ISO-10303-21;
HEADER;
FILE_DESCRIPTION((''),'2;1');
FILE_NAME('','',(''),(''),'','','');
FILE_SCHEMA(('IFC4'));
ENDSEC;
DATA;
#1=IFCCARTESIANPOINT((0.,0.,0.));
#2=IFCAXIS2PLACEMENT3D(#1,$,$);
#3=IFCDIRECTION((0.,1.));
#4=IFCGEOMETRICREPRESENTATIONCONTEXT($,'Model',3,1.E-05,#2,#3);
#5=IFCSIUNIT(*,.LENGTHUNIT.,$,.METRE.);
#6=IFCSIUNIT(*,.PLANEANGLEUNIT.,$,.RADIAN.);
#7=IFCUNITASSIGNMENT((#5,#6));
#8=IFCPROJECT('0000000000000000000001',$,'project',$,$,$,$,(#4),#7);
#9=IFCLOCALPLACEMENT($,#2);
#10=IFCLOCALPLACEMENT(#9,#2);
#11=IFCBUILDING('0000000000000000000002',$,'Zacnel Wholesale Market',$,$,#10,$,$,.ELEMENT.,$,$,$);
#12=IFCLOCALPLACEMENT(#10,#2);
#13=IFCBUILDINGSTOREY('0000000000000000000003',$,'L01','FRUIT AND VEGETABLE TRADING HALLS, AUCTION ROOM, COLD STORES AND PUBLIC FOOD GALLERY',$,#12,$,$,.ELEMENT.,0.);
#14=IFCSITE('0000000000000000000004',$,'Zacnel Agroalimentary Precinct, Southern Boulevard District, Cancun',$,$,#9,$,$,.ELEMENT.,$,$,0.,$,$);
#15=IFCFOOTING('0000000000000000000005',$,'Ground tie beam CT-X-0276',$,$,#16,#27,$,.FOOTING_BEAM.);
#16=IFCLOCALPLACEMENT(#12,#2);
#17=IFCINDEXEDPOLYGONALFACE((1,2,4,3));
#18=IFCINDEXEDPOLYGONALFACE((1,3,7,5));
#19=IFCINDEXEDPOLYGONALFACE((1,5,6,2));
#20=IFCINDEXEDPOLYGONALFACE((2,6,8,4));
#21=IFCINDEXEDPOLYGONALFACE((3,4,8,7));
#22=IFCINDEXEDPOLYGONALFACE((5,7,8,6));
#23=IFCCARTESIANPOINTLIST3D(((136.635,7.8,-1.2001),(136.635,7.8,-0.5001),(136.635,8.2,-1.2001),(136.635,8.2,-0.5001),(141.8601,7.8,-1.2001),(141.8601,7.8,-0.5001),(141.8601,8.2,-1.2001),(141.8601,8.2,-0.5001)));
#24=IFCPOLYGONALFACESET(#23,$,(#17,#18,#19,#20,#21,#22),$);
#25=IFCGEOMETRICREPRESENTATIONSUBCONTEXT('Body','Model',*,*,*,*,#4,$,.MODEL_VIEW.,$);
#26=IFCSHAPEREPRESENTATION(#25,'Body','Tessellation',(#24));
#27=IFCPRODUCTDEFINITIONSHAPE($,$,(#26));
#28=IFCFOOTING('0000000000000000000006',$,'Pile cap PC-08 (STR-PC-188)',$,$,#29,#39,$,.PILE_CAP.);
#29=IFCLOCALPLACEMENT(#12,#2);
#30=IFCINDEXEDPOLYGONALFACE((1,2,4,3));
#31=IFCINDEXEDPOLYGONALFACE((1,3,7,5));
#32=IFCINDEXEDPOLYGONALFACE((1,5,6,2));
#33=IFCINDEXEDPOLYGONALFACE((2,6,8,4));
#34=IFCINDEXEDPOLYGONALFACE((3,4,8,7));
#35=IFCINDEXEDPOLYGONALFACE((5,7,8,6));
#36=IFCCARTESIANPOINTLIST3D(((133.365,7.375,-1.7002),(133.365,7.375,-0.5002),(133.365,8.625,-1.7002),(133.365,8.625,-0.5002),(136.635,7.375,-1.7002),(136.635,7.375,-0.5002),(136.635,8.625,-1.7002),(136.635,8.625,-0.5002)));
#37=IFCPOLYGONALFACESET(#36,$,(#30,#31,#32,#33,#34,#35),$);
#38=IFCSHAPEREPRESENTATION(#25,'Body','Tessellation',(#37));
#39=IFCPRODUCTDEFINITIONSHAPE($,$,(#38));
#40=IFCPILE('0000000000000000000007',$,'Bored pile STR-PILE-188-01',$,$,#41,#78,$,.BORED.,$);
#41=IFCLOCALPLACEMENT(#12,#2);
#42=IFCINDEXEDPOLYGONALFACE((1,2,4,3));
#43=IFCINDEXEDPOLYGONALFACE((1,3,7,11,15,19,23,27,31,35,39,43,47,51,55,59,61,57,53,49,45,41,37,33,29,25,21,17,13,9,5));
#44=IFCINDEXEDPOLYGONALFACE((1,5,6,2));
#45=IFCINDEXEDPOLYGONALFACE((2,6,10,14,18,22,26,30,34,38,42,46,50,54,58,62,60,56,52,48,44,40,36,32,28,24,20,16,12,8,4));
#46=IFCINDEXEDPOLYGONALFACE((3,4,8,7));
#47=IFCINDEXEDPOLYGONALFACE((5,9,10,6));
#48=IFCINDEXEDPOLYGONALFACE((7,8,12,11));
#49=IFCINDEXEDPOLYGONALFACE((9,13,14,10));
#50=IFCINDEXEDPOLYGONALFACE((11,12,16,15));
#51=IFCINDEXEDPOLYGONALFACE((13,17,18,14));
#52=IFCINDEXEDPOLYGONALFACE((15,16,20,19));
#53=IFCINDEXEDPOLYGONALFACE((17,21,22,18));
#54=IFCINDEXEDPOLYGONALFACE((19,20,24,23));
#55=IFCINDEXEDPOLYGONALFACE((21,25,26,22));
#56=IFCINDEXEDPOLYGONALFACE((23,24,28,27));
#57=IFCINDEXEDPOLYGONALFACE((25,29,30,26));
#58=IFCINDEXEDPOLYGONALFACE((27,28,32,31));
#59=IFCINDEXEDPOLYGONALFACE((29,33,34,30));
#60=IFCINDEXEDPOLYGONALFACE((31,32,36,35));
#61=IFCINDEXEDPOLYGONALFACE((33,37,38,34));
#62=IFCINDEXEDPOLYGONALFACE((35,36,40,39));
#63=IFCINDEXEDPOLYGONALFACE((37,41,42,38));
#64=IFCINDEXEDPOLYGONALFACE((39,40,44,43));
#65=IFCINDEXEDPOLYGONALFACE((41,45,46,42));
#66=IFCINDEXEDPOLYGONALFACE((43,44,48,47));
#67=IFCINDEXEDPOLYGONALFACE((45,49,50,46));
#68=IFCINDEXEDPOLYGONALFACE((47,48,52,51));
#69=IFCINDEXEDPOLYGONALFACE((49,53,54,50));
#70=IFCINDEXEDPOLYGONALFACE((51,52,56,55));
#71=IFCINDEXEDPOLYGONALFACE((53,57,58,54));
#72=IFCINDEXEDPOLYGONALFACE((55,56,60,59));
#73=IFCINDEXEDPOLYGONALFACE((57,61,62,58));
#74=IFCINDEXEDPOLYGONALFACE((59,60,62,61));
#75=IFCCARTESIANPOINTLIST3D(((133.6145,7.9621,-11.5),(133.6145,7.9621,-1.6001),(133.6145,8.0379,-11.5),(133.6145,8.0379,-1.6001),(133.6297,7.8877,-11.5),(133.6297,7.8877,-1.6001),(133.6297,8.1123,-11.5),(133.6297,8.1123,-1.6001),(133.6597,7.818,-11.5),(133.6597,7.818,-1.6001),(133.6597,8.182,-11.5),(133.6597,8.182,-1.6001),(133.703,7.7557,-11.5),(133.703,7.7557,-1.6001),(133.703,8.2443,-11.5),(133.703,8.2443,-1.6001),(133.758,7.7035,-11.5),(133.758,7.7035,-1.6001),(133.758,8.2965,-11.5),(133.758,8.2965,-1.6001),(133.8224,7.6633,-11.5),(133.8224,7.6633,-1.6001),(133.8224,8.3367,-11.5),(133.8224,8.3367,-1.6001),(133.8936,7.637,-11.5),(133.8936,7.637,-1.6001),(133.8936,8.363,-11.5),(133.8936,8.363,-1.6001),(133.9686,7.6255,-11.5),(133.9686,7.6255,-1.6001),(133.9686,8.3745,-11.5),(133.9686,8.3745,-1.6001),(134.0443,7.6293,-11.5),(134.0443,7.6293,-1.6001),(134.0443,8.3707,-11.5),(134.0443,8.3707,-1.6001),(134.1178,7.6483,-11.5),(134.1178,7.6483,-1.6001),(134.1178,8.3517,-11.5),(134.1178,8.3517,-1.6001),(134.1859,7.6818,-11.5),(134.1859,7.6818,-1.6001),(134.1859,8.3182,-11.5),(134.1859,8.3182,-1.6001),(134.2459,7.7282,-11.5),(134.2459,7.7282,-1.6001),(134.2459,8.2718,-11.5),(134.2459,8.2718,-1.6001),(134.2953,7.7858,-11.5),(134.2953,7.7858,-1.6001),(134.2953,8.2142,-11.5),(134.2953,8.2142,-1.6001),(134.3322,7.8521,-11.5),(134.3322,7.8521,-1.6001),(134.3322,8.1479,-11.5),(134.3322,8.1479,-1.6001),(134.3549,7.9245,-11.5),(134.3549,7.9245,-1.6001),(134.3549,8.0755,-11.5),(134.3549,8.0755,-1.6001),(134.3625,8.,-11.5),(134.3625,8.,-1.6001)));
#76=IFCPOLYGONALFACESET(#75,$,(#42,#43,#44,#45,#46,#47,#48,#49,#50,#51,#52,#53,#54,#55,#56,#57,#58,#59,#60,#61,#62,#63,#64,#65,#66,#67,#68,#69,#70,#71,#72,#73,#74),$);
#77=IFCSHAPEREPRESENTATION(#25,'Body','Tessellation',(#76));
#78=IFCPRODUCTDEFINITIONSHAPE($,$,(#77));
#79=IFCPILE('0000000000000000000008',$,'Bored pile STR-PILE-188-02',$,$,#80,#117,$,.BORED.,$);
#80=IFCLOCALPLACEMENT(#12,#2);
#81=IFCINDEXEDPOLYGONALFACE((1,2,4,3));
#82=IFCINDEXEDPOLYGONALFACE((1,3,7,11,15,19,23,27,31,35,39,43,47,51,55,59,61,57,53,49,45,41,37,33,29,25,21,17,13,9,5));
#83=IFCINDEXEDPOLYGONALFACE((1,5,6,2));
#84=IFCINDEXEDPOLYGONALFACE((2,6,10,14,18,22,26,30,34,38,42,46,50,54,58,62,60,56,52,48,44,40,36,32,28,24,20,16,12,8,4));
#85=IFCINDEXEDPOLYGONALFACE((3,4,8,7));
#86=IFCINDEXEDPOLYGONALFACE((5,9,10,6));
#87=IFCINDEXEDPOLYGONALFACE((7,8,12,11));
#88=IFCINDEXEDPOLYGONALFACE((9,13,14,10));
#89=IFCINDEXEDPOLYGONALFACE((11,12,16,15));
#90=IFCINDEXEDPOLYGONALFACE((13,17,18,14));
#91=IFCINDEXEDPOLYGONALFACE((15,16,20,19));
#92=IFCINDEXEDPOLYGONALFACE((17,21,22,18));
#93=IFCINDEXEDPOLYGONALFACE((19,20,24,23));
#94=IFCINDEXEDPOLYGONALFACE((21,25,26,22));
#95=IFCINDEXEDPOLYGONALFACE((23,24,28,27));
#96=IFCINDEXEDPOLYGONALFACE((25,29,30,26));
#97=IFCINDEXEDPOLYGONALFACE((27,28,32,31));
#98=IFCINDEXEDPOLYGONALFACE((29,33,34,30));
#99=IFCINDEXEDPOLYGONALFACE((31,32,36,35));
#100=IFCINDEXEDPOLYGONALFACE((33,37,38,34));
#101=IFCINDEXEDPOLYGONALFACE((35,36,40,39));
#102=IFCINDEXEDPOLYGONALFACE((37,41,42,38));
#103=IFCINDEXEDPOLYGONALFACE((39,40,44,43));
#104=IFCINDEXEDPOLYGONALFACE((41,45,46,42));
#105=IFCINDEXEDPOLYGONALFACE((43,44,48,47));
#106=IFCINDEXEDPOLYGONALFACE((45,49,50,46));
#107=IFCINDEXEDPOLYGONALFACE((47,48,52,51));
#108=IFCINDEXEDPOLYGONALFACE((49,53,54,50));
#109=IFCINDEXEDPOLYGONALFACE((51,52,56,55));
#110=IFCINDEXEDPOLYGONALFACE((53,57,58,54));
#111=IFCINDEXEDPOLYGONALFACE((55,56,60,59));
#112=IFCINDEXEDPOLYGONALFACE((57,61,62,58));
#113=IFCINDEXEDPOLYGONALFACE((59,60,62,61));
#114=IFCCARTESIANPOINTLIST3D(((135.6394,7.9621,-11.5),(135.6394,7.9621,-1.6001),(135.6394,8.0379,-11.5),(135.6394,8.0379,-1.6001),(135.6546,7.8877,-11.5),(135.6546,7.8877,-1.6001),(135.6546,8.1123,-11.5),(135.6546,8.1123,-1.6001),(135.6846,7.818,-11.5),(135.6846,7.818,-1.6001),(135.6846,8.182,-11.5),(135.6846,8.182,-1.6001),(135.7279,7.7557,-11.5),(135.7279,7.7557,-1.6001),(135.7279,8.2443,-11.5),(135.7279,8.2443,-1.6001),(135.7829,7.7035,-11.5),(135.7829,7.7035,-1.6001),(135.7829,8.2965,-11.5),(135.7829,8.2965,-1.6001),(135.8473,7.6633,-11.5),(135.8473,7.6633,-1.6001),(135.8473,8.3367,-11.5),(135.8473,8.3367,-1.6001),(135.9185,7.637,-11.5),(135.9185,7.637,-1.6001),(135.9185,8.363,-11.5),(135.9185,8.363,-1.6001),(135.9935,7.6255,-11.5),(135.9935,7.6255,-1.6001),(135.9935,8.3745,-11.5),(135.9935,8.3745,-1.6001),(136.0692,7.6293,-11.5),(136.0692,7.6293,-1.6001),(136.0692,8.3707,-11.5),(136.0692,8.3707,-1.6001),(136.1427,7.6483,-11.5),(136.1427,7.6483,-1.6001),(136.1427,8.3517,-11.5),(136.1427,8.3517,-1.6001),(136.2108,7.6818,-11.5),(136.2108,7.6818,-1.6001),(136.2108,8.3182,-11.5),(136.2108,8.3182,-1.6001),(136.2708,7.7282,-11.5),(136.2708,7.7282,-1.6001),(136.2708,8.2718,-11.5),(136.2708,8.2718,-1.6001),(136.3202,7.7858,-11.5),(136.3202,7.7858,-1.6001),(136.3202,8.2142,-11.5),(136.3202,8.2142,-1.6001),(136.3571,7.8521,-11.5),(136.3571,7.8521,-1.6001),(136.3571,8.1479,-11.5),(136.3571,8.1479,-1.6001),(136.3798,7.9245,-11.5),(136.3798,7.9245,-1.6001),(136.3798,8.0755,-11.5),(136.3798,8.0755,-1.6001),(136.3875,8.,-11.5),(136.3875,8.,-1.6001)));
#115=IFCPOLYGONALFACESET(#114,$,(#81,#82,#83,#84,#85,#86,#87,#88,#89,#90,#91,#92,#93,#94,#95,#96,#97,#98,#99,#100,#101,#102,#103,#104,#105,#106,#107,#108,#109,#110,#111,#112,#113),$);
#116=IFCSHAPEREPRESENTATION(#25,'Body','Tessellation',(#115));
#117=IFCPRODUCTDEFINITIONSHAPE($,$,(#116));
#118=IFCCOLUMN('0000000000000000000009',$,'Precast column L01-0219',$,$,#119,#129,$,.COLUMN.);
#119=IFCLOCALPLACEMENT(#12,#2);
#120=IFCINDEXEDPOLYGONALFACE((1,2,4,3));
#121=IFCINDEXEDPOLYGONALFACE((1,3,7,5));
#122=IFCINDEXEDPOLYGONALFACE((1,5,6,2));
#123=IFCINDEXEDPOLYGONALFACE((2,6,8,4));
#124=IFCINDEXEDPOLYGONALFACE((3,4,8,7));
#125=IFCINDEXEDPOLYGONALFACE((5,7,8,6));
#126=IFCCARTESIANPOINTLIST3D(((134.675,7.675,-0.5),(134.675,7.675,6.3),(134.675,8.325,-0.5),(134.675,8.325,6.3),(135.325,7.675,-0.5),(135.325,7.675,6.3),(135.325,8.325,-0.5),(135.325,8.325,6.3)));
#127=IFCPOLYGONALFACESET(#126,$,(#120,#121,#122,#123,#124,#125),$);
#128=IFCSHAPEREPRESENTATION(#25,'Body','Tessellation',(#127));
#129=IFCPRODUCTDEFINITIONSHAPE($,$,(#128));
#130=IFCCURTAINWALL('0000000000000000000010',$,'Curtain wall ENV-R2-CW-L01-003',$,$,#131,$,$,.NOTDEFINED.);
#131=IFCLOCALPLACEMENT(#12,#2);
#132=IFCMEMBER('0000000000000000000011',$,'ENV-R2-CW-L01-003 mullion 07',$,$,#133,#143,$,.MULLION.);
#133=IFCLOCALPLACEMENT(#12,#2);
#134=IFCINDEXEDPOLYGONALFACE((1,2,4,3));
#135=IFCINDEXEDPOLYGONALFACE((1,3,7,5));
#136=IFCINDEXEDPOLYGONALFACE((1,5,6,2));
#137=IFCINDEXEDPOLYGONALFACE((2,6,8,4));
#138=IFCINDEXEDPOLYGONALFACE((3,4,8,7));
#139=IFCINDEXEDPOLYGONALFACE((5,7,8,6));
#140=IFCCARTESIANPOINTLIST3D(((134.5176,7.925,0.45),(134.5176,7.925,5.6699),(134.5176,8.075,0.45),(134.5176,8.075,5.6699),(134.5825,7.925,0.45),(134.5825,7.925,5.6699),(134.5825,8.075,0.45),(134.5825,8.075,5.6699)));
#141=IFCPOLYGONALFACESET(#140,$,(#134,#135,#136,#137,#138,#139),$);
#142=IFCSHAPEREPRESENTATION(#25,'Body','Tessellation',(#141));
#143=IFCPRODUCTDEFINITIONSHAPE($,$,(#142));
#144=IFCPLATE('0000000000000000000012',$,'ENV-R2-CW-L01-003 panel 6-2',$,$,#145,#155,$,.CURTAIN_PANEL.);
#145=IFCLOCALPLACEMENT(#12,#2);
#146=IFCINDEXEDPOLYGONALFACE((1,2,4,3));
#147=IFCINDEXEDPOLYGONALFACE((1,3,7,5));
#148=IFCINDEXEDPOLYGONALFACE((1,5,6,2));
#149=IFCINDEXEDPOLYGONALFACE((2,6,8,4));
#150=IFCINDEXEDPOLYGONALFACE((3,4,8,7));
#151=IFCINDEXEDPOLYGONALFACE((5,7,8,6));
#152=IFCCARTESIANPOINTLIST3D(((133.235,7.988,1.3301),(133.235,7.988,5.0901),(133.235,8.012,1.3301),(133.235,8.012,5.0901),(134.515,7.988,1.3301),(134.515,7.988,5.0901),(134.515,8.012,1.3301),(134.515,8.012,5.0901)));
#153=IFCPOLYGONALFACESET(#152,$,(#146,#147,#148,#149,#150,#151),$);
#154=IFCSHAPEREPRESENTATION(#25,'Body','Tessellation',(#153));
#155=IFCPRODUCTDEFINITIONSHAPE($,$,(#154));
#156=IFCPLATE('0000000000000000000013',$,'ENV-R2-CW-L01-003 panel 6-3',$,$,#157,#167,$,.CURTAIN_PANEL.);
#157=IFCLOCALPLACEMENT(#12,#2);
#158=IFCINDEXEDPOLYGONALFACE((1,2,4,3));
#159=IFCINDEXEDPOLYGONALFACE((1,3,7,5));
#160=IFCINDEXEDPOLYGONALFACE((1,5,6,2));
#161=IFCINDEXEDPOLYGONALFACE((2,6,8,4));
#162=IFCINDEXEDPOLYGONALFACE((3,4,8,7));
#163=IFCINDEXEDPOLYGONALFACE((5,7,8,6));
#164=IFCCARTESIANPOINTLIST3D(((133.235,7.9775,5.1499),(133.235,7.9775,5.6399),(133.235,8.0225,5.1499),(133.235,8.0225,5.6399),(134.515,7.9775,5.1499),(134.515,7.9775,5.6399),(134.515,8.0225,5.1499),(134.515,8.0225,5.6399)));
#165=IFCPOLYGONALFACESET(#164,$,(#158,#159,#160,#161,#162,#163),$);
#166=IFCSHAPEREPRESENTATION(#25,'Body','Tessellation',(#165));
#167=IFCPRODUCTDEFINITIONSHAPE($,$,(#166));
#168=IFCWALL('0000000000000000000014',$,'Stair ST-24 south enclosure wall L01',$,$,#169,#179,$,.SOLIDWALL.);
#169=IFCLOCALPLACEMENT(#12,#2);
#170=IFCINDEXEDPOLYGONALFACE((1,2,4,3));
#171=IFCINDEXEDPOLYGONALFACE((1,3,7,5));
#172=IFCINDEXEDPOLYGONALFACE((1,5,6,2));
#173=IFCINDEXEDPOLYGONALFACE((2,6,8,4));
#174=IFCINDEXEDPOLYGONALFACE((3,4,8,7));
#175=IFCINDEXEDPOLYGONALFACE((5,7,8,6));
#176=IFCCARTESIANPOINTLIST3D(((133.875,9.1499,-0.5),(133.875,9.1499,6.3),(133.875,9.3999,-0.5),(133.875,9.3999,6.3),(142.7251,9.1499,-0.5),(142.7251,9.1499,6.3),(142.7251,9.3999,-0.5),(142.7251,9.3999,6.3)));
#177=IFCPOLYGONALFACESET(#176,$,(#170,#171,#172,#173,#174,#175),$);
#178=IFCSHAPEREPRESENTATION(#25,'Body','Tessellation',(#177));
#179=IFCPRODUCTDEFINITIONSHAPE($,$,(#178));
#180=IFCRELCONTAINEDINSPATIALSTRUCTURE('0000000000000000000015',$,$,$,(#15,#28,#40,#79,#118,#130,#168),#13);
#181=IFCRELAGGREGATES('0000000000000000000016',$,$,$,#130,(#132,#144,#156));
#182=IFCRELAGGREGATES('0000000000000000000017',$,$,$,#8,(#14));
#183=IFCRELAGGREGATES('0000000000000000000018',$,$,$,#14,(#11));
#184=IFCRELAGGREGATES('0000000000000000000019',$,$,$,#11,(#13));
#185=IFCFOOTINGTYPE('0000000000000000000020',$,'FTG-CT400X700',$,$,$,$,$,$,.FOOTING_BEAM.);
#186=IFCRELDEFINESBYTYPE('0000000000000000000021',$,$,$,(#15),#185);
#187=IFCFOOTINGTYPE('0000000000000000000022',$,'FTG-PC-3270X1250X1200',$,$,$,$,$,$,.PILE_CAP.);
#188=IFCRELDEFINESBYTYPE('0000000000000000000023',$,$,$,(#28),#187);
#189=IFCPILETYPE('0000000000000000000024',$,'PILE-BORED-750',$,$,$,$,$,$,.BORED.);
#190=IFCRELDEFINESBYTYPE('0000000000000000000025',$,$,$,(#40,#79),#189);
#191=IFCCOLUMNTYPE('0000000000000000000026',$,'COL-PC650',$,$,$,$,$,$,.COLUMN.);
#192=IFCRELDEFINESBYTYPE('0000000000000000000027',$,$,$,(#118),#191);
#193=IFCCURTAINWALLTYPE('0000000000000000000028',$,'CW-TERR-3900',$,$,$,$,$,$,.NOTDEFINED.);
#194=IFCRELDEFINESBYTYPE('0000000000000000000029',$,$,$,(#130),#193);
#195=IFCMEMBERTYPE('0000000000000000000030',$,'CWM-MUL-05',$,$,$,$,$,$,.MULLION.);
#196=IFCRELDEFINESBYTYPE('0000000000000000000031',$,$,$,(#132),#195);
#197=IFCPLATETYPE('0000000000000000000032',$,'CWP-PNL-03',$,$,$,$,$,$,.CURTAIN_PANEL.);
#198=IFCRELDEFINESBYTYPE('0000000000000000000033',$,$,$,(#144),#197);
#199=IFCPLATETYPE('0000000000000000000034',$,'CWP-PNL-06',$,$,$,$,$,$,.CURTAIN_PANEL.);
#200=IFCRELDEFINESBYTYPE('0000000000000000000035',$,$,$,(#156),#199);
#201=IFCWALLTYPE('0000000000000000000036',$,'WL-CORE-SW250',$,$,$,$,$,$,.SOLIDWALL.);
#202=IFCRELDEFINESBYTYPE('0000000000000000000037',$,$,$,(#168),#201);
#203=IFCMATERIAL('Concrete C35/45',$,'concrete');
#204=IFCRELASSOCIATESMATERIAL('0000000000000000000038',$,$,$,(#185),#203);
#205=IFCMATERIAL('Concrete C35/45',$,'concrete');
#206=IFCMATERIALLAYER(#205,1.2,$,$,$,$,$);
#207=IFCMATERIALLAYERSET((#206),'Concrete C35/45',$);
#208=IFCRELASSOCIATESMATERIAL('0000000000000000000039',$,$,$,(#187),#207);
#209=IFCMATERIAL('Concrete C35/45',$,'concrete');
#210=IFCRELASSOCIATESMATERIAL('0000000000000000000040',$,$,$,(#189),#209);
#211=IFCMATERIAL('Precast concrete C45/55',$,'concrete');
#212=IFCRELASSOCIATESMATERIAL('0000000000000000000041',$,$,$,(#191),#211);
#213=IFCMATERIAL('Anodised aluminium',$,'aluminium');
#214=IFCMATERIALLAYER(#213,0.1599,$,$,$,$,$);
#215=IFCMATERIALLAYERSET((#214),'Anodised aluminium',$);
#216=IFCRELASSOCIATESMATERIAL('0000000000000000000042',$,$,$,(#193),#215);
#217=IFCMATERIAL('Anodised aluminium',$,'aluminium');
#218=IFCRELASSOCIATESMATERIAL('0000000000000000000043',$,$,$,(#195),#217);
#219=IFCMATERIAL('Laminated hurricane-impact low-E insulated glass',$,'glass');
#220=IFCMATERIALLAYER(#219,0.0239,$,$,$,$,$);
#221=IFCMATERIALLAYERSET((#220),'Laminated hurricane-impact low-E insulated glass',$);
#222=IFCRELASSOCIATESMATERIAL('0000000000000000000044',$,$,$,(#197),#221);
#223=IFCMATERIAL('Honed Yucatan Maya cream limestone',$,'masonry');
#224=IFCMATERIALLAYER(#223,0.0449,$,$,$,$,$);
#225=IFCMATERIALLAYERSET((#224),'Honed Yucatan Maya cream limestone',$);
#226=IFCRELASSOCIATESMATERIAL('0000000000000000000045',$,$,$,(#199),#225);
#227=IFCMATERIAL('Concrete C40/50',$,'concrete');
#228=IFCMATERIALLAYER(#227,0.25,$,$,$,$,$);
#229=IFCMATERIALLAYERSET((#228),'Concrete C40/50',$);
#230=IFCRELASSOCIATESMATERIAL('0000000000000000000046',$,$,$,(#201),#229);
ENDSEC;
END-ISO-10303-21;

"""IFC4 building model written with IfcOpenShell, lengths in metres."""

from ifc_helpers import new_model, si_unit, direction, frame, frame_2d, origin, origin_2d, place, context, subcontext, project, spatial, rectangle, circle, extrude, material, layer, layer_set, material_profile, profile_set, type_object, element, aggregate, save


model = new_model("IFC4")

# Units and contexts
model_context = context("Model", 3, precision=1e-05, world=origin(), true_north=direction((0.0, 1.0)))
body_context = subcontext(model_context, "Body", "Model", "MODEL_VIEW")
ifc_project = project(units=[si_unit("LENGTHUNIT", "METRE"), si_unit("PLANEANGLEUNIT", "RADIAN")], contexts=[model_context])

# Site, building, storey
site_placement = place(None, origin())
site = spatial("IfcSite", under=ifc_project, at=site_placement, Name="Zacnel Agroalimentary Precinct, Southern Boulevard District, Cancun", CompositionType="ELEMENT", RefElevation=0.0)
building_placement = place(site_placement, origin())
building = spatial("IfcBuilding", under=site, at=building_placement, Name="Zacnel Wholesale Market", CompositionType="ELEMENT")
storey_placement = place(building_placement, origin())
storey = spatial("IfcBuildingStorey", under=building, at=storey_placement, Name="L01", Description="FRUIT AND VEGETABLE TRADING HALLS, AUCTION ROOM, COLD STORES AND PUBLIC FOOD GALLERY", CompositionType="ELEMENT", Elevation=0.0)

# Footings
ifc_material_1 = material(Name="Concrete C35/45", Category="concrete")
ifc_material_profile_1 = material_profile(ifc_material_1, rectangle(XDim=0.3999, YDim=0.7, at=origin_2d()), Name="CT 400x700")
ifc_profile_set_1 = profile_set([ifc_material_profile_1], Name="Concrete C35/45")
footing_type_1 = type_object("IfcFootingType", Name="FTG-CT400X700", PredefinedType="FOOTING_BEAM", material=ifc_profile_set_1)
footing_1_placement = place(storey_placement, frame((136.635, 8.0, -0.8501), z_axis=(1.0, 0.0, 0.0), x_axis=(0.0, 1.0, 0.0)))
element("IfcFooting", 1, at=footing_1_placement, inside=storey, type_object=footing_type_1, Name="Ground tie beam CT-X-0276", PredefinedType="FOOTING_BEAM", context=body_context, shape_type="SweptSolid", body=[
    extrude(rectangle(XDim=0.3999, YDim=0.7, at=origin_2d()), origin(), (0.0, 0.0, 1.0), 5.2251),
])
ifc_material_2 = material(Name="Concrete C35/45", Category="concrete")
ifc_layer_1 = layer(ifc_material_2, 1.2)
ifc_layer_set_1 = layer_set([ifc_layer_1], Name="Concrete C35/45")
footing_type_2 = type_object("IfcFootingType", Name="FTG-PC-3270X1250X1200", PredefinedType="PILE_CAP", material=ifc_layer_set_1)
footing_2_placement = place(storey_placement, frame((135.0, 8.0, -1.7002), z_axis=(0.0, 0.0, 1.0), x_axis=(1.0, 0.0, 0.0)))
element("IfcFooting", 2, at=footing_2_placement, inside=storey, type_object=footing_type_2, Name="Pile cap PC-08 (STR-PC-188)", PredefinedType="PILE_CAP", context=body_context, shape_type="SweptSolid", body=[
    extrude(rectangle(XDim=3.27, YDim=1.25, at=origin_2d()), origin(), (0.0, 0.0, 1.0), 1.2),
])

# Piles
ifc_material_3 = material(Name="Concrete C35/45", Category="concrete")
ifc_material_profile_2 = material_profile(ifc_material_3, circle(Radius=0.375, at=origin_2d()), Name="BORED PILE D750")
ifc_profile_set_2 = profile_set([ifc_material_profile_2], Name="Concrete C35/45")
pile_type = type_object("IfcPileType", Name="PILE-BORED-750", PredefinedType="BORED", material=ifc_profile_set_2)
for number, where, z_axis, x_axis, name in (
    (3, (133.9875, 8.0, -1.6001), (0.0, 0.0, -1.0), (1.0, 0.0, 0.0), "Bored pile STR-PILE-188-01"),
    (4, (136.0125, 8.0, -1.6001), (0.0, 0.0, -1.0), (1.0, 0.0, 0.0), "Bored pile STR-PILE-188-02"),
):
    element("IfcPile", number, at=place(storey_placement, frame(where, z_axis=z_axis, x_axis=x_axis)), inside=storey, type_object=pile_type, Name=name, PredefinedType="BORED", context=body_context, shape_type="SweptSolid", body=[
        extrude(circle(Radius=0.375, at=origin_2d()), origin(), (0.0, 0.0, 1.0), 9.8999),
    ])

# Column
ifc_material_4 = material(Name="Precast concrete C45/55", Category="concrete")
ifc_material_profile_3 = material_profile(ifc_material_4, rectangle(XDim=0.6499, YDim=0.6499, at=origin_2d()), Name="PC 650x650")
ifc_profile_set_3 = profile_set([ifc_material_profile_3], Name="Precast concrete C45/55")
column_type = type_object("IfcColumnType", Name="COL-PC650", PredefinedType="COLUMN", material=ifc_profile_set_3)
column_placement = place(storey_placement, frame((135.0, 8.0, -0.5), z_axis=(0.0, 0.0, 1.0), x_axis=(1.0, 0.0, 0.0)))
element("IfcColumn", 5, at=column_placement, inside=storey, type_object=column_type, Name="Precast column L01-0219", PredefinedType="COLUMN", context=body_context, shape_type="SweptSolid", body=[
    extrude(rectangle(XDim=0.6499, YDim=0.6499, at=origin_2d()), origin(), (0.0, 0.0, 1.0), 6.8),
])

# Curtain wall, member, plates
ifc_material_5 = material(Name="Anodised aluminium", Category="aluminium")
ifc_layer_2 = layer(ifc_material_5, 0.1599)
ifc_layer_set_2 = layer_set([ifc_layer_2], Name="Anodised aluminium")
curtain_wall_type = type_object("IfcCurtainWallType", Name="CW-TERR-3900", PredefinedType="NOTDEFINED", material=ifc_layer_set_2)
curtain_wall_placement = place(storey_placement, origin())
curtain_wall = element("IfcCurtainWall", 6, at=curtain_wall_placement, inside=storey, type_object=curtain_wall_type, Name="Curtain wall ENV-R2-CW-L01-003", PredefinedType="NOTDEFINED")
ifc_material_6 = material(Name="Anodised aluminium", Category="aluminium")
ifc_material_profile_4 = material_profile(ifc_material_6, rectangle(XDim=0.0649, YDim=0.1499, at=origin_2d()), Name="AW-MULLION 65x150")
ifc_profile_set_4 = profile_set([ifc_material_profile_4], Name="Anodised aluminium")
member_type = type_object("IfcMemberType", Name="CWM-MUL-05", PredefinedType="MULLION", material=ifc_profile_set_4)
member_placement = place(storey_placement, frame((134.55, 8.0, 0.45), z_axis=(0.0, 0.0, 1.0), x_axis=(1.0, 0.0, 0.0)))
member = element("IfcMember", 7, at=member_placement, type_object=member_type, Name="ENV-R2-CW-L01-003 mullion 07", PredefinedType="MULLION", context=body_context, shape_type="SweptSolid", body=[
    extrude(rectangle(XDim=0.0649, YDim=0.1499, at=origin_2d()), origin(), (0.0, 0.0, 1.0), 5.22),
])
ifc_material_7 = material(Name="Laminated hurricane-impact low-E insulated glass", Category="glass")
ifc_layer_3 = layer(ifc_material_7, 0.0239)
ifc_layer_set_3 = layer_set([ifc_layer_3], Name="Laminated hurricane-impact low-E insulated glass")
plate_type_1 = type_object("IfcPlateType", Name="CWP-PNL-03", PredefinedType="CURTAIN_PANEL", material=ifc_layer_set_3)
plate_1_placement = place(storey_placement, frame((133.875, 8.0, 1.3301), z_axis=(0.0, 0.0, 1.0), x_axis=(1.0, 0.0, 0.0)))
plate_1 = element("IfcPlate", 8, at=plate_1_placement, type_object=plate_type_1, Name="ENV-R2-CW-L01-003 panel 6-2", PredefinedType="CURTAIN_PANEL", context=body_context, shape_type="SweptSolid", body=[
    extrude(rectangle(XDim=1.28, YDim=0.0239, at=origin_2d()), origin(), (0.0, 0.0, 1.0), 3.76),
])
ifc_material_8 = material(Name="Honed Yucatan Maya cream limestone", Category="masonry")
ifc_layer_4 = layer(ifc_material_8, 0.0449)
ifc_layer_set_4 = layer_set([ifc_layer_4], Name="Honed Yucatan Maya cream limestone")
plate_type_2 = type_object("IfcPlateType", Name="CWP-PNL-06", PredefinedType="CURTAIN_PANEL", material=ifc_layer_set_4)
plate_2_placement = place(storey_placement, frame((133.875, 8.0, 5.1499), z_axis=(0.0, 0.0, 1.0), x_axis=(1.0, 0.0, 0.0)))
plate_2 = element("IfcPlate", 9, at=plate_2_placement, type_object=plate_type_2, Name="ENV-R2-CW-L01-003 panel 6-3", PredefinedType="CURTAIN_PANEL", context=body_context, shape_type="SweptSolid", body=[
    extrude(rectangle(XDim=1.28, YDim=0.0449, at=origin_2d()), origin(), (0.0, 0.0, 1.0), 0.49),
])
aggregate(curtain_wall, [member, plate_1, plate_2])

# Wall
ifc_material_9 = material(Name="Concrete C40/50", Category="concrete")
ifc_layer_5 = layer(ifc_material_9, 0.25)
ifc_layer_set_5 = layer_set([ifc_layer_5], Name="Concrete C40/50")
wall_type_1 = type_object("IfcWallType", Name="WL-CORE-SW250", PredefinedType="SOLIDWALL", material=ifc_layer_set_5)
wall_1_placement = place(storey_placement, frame((133.875, 9.2749, -0.5), z_axis=(0.0, 0.0, 1.0), x_axis=(1.0, 0.0, 0.0)))
element("IfcWall", 10, at=wall_1_placement, inside=storey, type_object=wall_type_1, Name="Stair ST-24 south enclosure wall L01", PredefinedType="SOLIDWALL", context=body_context, shape_type="SweptSolid", body=[
    extrude(rectangle(XDim=8.8501, YDim=0.25, at=frame_2d((4.425, 0.0))), origin(), (0.0, 0.0, 1.0), 6.8),
])

save(model, "model.ifc")
